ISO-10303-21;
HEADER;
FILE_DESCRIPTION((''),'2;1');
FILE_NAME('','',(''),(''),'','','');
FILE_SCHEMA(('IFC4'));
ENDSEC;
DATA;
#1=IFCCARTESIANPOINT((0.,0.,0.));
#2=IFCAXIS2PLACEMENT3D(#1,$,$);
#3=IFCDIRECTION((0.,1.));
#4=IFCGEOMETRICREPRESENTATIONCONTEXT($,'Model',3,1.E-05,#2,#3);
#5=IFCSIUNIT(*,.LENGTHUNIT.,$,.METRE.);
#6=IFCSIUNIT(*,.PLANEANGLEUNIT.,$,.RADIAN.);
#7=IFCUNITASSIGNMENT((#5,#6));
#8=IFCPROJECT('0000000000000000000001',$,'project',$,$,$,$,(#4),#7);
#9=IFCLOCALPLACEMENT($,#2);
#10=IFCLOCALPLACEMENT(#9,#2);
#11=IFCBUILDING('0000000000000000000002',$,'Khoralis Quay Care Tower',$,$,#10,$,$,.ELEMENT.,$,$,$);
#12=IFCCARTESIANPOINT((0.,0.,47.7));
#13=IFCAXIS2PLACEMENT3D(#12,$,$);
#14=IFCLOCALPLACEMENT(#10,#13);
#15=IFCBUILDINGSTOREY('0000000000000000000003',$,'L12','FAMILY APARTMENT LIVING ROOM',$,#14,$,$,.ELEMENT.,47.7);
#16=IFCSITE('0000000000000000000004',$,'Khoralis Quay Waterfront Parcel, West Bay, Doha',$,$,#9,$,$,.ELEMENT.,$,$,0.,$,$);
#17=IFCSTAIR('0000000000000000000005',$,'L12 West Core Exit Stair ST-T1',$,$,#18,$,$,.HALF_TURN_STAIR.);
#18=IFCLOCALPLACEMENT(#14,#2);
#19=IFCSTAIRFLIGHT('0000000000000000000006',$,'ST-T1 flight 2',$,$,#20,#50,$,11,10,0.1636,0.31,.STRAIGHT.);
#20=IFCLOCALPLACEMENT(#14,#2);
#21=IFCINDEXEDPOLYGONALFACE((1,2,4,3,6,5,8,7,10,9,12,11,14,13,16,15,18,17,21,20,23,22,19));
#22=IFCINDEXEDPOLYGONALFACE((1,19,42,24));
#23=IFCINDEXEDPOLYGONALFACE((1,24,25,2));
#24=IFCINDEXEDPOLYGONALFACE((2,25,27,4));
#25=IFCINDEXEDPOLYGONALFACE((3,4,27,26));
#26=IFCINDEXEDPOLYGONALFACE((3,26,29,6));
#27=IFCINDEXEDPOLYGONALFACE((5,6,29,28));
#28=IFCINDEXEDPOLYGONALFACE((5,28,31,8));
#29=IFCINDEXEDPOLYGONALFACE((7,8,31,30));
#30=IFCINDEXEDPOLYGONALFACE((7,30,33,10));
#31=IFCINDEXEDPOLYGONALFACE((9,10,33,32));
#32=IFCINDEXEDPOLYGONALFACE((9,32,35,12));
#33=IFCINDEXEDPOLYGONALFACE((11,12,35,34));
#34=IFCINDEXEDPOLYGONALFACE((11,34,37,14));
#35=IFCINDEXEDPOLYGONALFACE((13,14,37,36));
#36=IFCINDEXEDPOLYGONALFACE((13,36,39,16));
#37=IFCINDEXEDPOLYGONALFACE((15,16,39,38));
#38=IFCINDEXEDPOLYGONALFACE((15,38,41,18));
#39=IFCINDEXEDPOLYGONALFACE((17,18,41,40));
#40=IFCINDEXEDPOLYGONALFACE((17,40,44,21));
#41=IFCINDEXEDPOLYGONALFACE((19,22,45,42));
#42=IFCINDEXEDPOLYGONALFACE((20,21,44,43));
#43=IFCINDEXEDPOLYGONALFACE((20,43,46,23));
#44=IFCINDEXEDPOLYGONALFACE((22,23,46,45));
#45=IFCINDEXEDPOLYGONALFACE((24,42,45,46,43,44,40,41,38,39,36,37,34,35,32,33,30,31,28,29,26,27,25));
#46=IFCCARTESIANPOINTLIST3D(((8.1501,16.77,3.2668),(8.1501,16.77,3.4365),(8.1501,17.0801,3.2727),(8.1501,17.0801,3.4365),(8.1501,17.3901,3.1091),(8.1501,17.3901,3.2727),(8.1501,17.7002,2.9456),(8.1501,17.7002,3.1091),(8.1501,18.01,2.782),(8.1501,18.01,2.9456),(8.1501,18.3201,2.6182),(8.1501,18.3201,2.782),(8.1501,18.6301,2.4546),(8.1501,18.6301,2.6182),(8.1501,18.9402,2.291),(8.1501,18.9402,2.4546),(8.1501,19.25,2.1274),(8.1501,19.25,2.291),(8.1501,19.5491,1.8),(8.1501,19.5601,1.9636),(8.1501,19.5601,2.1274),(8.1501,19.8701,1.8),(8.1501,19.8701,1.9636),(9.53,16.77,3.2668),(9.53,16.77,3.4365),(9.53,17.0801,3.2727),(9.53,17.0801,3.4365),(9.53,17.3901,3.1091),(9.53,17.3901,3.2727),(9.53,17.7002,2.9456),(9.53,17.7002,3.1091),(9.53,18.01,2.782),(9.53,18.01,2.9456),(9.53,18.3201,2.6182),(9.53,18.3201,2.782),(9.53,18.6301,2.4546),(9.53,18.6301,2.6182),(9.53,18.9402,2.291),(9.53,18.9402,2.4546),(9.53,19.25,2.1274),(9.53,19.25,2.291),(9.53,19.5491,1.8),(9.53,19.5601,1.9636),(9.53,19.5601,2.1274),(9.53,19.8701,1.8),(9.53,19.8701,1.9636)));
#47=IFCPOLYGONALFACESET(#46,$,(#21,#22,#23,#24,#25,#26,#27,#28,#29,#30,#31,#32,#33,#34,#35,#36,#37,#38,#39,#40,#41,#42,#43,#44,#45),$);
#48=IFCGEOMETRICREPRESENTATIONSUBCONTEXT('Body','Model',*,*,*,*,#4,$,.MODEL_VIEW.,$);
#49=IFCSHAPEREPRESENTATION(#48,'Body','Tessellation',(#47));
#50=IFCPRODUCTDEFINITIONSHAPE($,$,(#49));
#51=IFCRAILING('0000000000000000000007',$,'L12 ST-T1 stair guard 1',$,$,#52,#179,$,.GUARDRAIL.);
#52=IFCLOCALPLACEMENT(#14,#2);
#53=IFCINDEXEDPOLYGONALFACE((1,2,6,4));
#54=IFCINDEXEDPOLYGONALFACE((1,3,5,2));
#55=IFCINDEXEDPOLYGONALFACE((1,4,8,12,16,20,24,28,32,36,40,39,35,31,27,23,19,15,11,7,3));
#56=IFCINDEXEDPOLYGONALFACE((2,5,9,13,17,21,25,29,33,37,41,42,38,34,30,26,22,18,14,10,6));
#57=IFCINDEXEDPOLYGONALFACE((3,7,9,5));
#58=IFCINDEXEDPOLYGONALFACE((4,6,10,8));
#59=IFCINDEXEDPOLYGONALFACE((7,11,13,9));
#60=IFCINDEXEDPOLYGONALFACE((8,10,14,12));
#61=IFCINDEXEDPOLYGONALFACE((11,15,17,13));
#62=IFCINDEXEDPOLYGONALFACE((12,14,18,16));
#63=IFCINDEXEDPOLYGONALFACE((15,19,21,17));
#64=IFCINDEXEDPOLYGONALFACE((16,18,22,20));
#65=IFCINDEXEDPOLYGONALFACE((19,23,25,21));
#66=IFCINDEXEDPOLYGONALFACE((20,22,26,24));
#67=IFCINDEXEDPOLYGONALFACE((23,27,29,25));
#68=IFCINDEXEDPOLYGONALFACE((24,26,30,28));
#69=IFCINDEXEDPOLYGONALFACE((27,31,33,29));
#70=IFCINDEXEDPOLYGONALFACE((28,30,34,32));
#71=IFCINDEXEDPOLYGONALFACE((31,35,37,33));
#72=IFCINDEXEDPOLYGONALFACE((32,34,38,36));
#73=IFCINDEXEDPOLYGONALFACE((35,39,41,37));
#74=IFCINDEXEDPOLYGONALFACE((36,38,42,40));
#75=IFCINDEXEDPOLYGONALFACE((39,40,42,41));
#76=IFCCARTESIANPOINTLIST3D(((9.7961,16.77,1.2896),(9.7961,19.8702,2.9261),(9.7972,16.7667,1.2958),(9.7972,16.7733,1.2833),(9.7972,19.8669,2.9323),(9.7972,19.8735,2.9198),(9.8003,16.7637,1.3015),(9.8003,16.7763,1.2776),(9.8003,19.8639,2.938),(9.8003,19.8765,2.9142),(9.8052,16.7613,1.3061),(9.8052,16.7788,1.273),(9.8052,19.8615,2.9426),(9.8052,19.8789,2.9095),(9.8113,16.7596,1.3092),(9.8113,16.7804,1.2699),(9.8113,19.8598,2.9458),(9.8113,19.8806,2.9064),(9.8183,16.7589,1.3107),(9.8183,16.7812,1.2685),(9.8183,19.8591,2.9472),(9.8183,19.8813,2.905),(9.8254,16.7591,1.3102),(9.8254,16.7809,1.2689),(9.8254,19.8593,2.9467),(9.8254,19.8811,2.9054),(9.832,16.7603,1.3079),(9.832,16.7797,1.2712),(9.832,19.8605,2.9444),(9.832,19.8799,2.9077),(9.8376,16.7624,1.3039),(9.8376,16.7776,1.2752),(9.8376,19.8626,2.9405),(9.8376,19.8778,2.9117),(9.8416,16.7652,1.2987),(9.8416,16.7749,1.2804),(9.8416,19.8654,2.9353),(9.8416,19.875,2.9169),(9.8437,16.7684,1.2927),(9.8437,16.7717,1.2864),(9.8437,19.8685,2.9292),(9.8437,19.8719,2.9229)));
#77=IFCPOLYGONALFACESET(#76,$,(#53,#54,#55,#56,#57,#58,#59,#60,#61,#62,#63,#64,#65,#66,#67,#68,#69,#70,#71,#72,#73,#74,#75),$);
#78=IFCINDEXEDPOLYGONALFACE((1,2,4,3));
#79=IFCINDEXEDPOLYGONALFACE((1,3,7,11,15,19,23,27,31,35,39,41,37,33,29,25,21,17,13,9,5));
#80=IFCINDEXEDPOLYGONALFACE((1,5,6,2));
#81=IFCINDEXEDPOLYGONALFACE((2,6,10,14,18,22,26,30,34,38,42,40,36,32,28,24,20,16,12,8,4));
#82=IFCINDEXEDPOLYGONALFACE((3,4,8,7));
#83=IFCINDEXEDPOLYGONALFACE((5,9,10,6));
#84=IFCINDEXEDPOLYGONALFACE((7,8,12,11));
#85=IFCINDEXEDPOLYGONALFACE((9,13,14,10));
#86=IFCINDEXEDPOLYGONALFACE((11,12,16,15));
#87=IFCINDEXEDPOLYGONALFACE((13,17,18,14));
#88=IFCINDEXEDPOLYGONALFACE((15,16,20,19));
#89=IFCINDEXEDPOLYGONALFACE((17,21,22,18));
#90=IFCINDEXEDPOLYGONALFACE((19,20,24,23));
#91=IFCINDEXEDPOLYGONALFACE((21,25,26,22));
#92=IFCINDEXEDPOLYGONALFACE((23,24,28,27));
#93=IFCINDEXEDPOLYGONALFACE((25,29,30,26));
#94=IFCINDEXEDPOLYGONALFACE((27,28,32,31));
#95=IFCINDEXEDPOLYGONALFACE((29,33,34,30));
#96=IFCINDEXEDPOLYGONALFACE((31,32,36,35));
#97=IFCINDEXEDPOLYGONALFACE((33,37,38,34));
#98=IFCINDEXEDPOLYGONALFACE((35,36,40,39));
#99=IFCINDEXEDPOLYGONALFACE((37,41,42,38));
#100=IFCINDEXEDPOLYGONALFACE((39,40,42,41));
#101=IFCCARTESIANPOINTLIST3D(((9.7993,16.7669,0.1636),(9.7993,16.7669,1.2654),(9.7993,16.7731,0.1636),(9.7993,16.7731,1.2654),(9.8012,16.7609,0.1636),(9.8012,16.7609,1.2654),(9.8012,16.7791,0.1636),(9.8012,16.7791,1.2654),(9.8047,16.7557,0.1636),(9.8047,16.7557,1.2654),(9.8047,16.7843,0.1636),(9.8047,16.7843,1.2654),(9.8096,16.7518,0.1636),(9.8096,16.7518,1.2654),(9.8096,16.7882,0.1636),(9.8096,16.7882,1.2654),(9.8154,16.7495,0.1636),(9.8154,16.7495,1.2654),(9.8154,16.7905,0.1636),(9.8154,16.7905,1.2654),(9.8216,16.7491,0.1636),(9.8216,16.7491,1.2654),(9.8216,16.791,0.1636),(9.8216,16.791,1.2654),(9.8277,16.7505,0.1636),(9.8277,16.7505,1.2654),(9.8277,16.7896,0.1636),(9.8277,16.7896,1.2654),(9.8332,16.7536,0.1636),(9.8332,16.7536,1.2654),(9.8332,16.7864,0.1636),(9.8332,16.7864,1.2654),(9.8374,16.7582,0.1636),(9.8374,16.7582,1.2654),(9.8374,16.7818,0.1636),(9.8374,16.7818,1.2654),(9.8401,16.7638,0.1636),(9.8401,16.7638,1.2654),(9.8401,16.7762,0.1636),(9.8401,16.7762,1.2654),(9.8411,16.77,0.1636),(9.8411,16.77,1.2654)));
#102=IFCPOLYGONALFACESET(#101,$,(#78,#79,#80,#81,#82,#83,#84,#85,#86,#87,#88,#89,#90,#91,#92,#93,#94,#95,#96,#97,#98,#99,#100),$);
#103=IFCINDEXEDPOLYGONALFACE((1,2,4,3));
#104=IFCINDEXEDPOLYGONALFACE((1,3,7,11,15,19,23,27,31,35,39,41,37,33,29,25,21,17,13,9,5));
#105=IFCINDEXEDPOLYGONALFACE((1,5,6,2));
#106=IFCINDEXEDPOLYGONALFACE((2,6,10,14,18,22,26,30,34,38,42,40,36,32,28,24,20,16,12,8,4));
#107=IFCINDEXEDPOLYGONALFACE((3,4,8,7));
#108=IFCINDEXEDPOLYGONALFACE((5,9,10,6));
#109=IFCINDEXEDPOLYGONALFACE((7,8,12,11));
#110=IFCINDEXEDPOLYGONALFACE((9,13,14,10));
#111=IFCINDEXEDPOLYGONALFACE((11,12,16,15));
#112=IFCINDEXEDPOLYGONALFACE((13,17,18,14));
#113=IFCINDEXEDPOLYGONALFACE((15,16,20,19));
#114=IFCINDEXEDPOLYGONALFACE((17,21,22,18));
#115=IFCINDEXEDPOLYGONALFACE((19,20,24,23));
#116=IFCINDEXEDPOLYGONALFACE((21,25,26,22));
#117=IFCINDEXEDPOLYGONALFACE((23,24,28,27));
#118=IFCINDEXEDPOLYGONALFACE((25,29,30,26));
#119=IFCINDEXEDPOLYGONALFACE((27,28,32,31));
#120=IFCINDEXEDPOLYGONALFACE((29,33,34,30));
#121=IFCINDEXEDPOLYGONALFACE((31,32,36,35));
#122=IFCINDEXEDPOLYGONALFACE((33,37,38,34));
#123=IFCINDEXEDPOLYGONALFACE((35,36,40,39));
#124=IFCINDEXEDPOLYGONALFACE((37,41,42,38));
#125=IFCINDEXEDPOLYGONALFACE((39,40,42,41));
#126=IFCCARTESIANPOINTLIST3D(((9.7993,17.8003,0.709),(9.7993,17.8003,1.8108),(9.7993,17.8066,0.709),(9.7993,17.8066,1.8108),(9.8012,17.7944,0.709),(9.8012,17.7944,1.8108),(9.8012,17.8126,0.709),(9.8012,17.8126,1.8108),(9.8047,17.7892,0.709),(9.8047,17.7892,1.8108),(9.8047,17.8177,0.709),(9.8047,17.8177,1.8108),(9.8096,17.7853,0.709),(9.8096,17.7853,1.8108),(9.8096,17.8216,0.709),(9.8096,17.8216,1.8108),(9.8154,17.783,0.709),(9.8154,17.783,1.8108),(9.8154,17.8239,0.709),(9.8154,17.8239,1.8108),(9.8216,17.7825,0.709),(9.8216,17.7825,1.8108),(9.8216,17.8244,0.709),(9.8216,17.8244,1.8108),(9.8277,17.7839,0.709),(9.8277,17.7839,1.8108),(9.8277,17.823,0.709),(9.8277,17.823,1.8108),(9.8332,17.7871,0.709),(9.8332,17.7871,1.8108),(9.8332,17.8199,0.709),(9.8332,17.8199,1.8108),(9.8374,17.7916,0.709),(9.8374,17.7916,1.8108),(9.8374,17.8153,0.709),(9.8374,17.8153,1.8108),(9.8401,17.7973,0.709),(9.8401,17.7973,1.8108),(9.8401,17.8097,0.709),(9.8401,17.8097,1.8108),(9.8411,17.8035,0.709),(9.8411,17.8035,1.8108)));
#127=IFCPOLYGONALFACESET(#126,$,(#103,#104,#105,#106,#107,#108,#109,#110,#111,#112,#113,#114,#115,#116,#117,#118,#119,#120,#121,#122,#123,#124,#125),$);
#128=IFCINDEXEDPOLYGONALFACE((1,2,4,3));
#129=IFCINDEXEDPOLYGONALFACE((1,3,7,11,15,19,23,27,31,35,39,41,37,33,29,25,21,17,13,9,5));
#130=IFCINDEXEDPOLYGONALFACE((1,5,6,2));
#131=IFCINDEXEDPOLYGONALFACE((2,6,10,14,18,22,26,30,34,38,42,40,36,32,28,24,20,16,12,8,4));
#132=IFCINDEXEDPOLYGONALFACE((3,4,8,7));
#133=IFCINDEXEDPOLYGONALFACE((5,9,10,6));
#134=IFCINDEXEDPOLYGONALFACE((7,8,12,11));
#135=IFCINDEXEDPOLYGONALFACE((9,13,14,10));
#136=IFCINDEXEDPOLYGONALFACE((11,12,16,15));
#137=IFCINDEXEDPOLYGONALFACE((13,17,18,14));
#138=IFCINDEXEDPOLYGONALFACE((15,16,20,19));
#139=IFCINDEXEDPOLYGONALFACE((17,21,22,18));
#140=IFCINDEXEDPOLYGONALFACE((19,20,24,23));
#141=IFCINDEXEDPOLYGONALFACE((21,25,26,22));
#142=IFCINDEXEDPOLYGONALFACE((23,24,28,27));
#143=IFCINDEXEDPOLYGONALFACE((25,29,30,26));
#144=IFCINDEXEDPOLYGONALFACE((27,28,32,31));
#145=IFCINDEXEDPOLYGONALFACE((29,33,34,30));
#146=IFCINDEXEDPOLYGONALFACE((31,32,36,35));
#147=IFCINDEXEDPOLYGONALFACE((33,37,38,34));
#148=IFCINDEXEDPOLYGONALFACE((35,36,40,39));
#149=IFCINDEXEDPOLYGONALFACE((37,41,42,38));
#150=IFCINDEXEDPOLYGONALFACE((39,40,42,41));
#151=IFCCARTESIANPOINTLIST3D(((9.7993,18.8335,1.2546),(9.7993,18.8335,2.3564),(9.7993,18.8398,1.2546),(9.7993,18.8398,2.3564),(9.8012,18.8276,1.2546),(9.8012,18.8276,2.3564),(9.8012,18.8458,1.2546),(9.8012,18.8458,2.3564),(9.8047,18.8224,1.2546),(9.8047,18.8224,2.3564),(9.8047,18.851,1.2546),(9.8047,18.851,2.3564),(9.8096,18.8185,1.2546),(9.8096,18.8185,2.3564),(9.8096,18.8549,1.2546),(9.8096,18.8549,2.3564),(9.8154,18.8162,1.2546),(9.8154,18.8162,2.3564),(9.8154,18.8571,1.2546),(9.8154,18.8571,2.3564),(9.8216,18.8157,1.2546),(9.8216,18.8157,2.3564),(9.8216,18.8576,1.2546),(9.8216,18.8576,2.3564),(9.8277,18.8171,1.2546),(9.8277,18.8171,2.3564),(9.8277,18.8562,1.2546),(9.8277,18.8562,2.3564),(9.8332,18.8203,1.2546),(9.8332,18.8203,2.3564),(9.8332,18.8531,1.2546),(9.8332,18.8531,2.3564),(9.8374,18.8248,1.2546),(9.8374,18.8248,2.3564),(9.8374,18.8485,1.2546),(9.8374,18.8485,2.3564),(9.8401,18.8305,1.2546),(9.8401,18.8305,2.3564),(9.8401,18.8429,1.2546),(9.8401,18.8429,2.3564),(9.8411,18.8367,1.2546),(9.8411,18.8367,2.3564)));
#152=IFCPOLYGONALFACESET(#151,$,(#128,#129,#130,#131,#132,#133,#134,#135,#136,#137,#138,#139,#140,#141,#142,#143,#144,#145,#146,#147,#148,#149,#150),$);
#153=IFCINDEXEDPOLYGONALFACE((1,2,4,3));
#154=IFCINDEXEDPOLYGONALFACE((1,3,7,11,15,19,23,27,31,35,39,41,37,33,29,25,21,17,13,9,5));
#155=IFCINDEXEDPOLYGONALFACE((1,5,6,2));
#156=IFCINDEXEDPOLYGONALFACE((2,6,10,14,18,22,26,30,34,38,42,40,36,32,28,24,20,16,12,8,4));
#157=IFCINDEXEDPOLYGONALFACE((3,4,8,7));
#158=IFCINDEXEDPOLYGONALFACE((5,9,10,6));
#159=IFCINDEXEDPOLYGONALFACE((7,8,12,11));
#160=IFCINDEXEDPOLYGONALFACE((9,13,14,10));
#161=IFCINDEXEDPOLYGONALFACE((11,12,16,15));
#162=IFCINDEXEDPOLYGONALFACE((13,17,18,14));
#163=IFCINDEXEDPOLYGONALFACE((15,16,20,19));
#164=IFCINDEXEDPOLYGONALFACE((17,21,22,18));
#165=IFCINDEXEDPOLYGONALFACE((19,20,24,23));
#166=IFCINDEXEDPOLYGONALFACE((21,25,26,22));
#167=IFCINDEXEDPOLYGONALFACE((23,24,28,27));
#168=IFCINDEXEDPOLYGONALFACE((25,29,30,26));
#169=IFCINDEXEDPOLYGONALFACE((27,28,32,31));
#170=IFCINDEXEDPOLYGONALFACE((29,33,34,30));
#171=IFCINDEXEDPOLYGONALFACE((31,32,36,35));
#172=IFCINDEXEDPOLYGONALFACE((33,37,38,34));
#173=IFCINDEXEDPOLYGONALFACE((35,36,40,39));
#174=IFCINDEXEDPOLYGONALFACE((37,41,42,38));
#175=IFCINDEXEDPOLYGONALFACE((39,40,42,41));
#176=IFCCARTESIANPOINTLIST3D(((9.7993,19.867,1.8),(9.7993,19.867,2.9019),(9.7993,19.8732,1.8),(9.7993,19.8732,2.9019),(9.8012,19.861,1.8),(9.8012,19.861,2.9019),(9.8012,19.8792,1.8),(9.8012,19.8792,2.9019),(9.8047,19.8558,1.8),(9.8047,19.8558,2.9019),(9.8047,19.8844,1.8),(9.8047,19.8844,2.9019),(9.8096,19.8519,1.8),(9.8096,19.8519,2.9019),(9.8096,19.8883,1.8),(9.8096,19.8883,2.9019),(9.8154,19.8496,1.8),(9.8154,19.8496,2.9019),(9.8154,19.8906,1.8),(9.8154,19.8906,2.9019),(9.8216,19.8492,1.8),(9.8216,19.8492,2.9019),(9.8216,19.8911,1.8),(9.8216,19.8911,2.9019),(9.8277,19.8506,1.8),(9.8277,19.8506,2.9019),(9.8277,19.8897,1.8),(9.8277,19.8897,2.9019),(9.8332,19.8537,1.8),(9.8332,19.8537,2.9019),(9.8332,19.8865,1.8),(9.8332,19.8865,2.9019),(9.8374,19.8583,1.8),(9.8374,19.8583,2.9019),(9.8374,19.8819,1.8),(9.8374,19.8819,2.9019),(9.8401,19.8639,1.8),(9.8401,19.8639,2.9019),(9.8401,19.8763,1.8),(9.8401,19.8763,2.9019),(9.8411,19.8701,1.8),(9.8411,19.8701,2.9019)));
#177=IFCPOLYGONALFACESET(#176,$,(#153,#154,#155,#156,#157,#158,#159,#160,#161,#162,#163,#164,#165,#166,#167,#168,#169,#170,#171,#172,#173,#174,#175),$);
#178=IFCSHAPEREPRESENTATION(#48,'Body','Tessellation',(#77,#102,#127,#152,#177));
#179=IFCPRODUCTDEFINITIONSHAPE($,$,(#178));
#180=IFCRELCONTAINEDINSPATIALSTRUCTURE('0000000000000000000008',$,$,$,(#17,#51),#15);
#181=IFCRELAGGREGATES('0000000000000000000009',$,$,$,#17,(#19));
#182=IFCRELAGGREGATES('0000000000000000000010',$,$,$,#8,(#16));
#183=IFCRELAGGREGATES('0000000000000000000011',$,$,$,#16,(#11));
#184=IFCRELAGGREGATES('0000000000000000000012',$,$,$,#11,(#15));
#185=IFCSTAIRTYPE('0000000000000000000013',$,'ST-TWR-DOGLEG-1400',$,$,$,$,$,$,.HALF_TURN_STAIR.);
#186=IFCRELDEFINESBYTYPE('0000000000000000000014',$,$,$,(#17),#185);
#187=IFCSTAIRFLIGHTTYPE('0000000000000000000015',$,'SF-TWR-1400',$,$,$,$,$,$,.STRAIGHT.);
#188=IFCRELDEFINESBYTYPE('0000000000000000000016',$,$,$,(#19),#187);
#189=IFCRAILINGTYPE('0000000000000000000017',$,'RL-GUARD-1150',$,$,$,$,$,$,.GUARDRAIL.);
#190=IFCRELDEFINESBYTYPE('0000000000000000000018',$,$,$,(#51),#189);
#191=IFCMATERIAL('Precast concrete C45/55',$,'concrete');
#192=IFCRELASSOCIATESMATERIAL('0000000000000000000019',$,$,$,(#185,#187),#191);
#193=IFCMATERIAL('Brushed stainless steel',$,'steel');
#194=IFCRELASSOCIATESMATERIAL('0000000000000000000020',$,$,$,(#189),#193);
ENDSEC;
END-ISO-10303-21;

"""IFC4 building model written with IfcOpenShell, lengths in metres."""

from ifc_helpers import new_model, si_unit, direction, frame, origin, origin_2d, place, context, subcontext, project, spatial, polyline, circle, outline, extrude, source, transform, mapped, material, type_object, element, aggregate, save


model = new_model("IFC4")

# Units and contexts
model_context = context("Model", 3, precision=1e-05, world=origin(), true_north=direction((0.0, 1.0)))
body_context = subcontext(model_context, "Body", "Model", "MODEL_VIEW")
ifc_project = project(units=[si_unit("LENGTHUNIT", "METRE"), si_unit("PLANEANGLEUNIT", "RADIAN")], contexts=[model_context])

# Site, building, storey
site_placement = place(None, origin())
site = spatial("IfcSite", under=ifc_project, at=site_placement, Name="Khoralis Quay Waterfront Parcel, West Bay, Doha", CompositionType="ELEMENT", RefElevation=0.0)
building_placement = place(site_placement, origin())
building = spatial("IfcBuilding", under=site, at=building_placement, Name="Khoralis Quay Care Tower", CompositionType="ELEMENT")
storey_placement = place(building_placement, frame((0.0, 0.0, 47.7)))
storey = spatial("IfcBuildingStorey", under=building, at=storey_placement, Name="L12", Description="FAMILY APARTMENT LIVING ROOM", CompositionType="ELEMENT", Elevation=47.7)

# Shared definitions
ifc_material_1 = material(Name="Brushed stainless steel", Category="steel")

# Stair, stair flight
ifc_material_2 = material(Name="Precast concrete C45/55", Category="concrete")
stair_type = type_object("IfcStairType", Name="ST-TWR-DOGLEG-1400", PredefinedType="HALF_TURN_STAIR", material=ifc_material_2)
stair_placement = place(storey_placement, origin())
stair = element("IfcStair", 1, at=stair_placement, inside=storey, type_object=stair_type, Name="L12 West Core Exit Stair ST-T1", PredefinedType="HALF_TURN_STAIR")
stair_flight_type = type_object("IfcStairFlightType", Name="SF-TWR-1400", PredefinedType="STRAIGHT", material=ifc_material_2)
shared_shape_1 = source(origin(), body_context, "Body", "SweptSolid", [
    extrude(outline(polyline([(0.0, 0.0), (0.0, 0.1636), (0.3101, 0.1636), (0.3101, 0.3274), (0.6201, 0.3274), (0.6201, 0.491), (0.9299, 0.491), (0.9299, 0.6545), (1.24, 0.6545), (1.24, 0.8181), (1.55, 0.8181), (1.55, 0.9819), (1.8601, 0.9819), (1.8601, 1.1455), (2.1699, 1.1455), (2.1699, 1.3091), (2.48, 1.3091), (2.48, 1.4727), (2.79, 1.4727), (2.79, 1.6365), (3.1001, 1.6365), (3.1001, 1.8), (3.1001, 1.4668), (0.321, 0.0), (0.0, 0.0)])), frame((0.0, 0.6899, 0.0), z_axis=(0.0, -1.0, 0.0), x_axis=(1.0, 0.0, 0.0)), (0.0, 0.0, 1.0), 1.3799),
])
stair_flight_1_placement = place(storey_placement, frame((8.8401, 19.8701, 1.8), z_axis=(0.0, 0.0, 1.0), x_axis=(0.0, -1.0, 0.0)))
stair_flight_1 = element("IfcStairFlight", 2, at=stair_flight_1_placement, type_object=stair_flight_type, Name="ST-T1 flight 2", NumberOfRisers=11, NumberOfTreads=10, PredefinedType="STRAIGHT", RiserHeight=0.1636, TreadLength=0.31, context=body_context, shape_type="MappedRepresentation", body=[
    mapped(shared_shape_1, transform((0.0, 0.0, 0.0), scale=1.0)),
])
aggregate(stair, [stair_flight_1])

# Railing
railing_type_1 = type_object("IfcRailingType", Name="RL-GUARD-1150", PredefinedType="GUARDRAIL", material=ifc_material_1)
railing_1_placement = place(storey_placement, frame((9.8201, 16.77, 0.1636)))
element("IfcRailing", 3, at=railing_1_placement, inside=storey, type_object=railing_type_1, Name="L12 ST-T1 stair guard 1", PredefinedType="GUARDRAIL", context=body_context, shape_type="SweptSolid", body=[
    extrude(circle(Radius=0.0239, at=origin_2d()), frame((0.0, 0.0, 1.126), z_axis=(0.0, 0.884348, 0.466828), x_axis=(-1.0, 0.0, 0.0)), (0.0, 0.0, 1.0), 3.5056),
    extrude(circle(Radius=0.021, at=origin_2d()), origin(), (0.0, 0.0, 1.0), 1.1018),
    extrude(circle(Radius=0.021, at=origin_2d()), frame((0.0, 1.0334, 0.5454)), (0.0, 0.0, 1.0), 1.1018),
    extrude(circle(Radius=0.021, at=origin_2d()), frame((0.0, 2.0667, 1.0911)), (0.0, 0.0, 1.0), 1.1018),
    extrude(circle(Radius=0.021, at=origin_2d()), frame((0.0, 3.1001, 1.6365)), (0.0, 0.0, 1.0), 1.1018),
])

save(model, "model.ifc")
